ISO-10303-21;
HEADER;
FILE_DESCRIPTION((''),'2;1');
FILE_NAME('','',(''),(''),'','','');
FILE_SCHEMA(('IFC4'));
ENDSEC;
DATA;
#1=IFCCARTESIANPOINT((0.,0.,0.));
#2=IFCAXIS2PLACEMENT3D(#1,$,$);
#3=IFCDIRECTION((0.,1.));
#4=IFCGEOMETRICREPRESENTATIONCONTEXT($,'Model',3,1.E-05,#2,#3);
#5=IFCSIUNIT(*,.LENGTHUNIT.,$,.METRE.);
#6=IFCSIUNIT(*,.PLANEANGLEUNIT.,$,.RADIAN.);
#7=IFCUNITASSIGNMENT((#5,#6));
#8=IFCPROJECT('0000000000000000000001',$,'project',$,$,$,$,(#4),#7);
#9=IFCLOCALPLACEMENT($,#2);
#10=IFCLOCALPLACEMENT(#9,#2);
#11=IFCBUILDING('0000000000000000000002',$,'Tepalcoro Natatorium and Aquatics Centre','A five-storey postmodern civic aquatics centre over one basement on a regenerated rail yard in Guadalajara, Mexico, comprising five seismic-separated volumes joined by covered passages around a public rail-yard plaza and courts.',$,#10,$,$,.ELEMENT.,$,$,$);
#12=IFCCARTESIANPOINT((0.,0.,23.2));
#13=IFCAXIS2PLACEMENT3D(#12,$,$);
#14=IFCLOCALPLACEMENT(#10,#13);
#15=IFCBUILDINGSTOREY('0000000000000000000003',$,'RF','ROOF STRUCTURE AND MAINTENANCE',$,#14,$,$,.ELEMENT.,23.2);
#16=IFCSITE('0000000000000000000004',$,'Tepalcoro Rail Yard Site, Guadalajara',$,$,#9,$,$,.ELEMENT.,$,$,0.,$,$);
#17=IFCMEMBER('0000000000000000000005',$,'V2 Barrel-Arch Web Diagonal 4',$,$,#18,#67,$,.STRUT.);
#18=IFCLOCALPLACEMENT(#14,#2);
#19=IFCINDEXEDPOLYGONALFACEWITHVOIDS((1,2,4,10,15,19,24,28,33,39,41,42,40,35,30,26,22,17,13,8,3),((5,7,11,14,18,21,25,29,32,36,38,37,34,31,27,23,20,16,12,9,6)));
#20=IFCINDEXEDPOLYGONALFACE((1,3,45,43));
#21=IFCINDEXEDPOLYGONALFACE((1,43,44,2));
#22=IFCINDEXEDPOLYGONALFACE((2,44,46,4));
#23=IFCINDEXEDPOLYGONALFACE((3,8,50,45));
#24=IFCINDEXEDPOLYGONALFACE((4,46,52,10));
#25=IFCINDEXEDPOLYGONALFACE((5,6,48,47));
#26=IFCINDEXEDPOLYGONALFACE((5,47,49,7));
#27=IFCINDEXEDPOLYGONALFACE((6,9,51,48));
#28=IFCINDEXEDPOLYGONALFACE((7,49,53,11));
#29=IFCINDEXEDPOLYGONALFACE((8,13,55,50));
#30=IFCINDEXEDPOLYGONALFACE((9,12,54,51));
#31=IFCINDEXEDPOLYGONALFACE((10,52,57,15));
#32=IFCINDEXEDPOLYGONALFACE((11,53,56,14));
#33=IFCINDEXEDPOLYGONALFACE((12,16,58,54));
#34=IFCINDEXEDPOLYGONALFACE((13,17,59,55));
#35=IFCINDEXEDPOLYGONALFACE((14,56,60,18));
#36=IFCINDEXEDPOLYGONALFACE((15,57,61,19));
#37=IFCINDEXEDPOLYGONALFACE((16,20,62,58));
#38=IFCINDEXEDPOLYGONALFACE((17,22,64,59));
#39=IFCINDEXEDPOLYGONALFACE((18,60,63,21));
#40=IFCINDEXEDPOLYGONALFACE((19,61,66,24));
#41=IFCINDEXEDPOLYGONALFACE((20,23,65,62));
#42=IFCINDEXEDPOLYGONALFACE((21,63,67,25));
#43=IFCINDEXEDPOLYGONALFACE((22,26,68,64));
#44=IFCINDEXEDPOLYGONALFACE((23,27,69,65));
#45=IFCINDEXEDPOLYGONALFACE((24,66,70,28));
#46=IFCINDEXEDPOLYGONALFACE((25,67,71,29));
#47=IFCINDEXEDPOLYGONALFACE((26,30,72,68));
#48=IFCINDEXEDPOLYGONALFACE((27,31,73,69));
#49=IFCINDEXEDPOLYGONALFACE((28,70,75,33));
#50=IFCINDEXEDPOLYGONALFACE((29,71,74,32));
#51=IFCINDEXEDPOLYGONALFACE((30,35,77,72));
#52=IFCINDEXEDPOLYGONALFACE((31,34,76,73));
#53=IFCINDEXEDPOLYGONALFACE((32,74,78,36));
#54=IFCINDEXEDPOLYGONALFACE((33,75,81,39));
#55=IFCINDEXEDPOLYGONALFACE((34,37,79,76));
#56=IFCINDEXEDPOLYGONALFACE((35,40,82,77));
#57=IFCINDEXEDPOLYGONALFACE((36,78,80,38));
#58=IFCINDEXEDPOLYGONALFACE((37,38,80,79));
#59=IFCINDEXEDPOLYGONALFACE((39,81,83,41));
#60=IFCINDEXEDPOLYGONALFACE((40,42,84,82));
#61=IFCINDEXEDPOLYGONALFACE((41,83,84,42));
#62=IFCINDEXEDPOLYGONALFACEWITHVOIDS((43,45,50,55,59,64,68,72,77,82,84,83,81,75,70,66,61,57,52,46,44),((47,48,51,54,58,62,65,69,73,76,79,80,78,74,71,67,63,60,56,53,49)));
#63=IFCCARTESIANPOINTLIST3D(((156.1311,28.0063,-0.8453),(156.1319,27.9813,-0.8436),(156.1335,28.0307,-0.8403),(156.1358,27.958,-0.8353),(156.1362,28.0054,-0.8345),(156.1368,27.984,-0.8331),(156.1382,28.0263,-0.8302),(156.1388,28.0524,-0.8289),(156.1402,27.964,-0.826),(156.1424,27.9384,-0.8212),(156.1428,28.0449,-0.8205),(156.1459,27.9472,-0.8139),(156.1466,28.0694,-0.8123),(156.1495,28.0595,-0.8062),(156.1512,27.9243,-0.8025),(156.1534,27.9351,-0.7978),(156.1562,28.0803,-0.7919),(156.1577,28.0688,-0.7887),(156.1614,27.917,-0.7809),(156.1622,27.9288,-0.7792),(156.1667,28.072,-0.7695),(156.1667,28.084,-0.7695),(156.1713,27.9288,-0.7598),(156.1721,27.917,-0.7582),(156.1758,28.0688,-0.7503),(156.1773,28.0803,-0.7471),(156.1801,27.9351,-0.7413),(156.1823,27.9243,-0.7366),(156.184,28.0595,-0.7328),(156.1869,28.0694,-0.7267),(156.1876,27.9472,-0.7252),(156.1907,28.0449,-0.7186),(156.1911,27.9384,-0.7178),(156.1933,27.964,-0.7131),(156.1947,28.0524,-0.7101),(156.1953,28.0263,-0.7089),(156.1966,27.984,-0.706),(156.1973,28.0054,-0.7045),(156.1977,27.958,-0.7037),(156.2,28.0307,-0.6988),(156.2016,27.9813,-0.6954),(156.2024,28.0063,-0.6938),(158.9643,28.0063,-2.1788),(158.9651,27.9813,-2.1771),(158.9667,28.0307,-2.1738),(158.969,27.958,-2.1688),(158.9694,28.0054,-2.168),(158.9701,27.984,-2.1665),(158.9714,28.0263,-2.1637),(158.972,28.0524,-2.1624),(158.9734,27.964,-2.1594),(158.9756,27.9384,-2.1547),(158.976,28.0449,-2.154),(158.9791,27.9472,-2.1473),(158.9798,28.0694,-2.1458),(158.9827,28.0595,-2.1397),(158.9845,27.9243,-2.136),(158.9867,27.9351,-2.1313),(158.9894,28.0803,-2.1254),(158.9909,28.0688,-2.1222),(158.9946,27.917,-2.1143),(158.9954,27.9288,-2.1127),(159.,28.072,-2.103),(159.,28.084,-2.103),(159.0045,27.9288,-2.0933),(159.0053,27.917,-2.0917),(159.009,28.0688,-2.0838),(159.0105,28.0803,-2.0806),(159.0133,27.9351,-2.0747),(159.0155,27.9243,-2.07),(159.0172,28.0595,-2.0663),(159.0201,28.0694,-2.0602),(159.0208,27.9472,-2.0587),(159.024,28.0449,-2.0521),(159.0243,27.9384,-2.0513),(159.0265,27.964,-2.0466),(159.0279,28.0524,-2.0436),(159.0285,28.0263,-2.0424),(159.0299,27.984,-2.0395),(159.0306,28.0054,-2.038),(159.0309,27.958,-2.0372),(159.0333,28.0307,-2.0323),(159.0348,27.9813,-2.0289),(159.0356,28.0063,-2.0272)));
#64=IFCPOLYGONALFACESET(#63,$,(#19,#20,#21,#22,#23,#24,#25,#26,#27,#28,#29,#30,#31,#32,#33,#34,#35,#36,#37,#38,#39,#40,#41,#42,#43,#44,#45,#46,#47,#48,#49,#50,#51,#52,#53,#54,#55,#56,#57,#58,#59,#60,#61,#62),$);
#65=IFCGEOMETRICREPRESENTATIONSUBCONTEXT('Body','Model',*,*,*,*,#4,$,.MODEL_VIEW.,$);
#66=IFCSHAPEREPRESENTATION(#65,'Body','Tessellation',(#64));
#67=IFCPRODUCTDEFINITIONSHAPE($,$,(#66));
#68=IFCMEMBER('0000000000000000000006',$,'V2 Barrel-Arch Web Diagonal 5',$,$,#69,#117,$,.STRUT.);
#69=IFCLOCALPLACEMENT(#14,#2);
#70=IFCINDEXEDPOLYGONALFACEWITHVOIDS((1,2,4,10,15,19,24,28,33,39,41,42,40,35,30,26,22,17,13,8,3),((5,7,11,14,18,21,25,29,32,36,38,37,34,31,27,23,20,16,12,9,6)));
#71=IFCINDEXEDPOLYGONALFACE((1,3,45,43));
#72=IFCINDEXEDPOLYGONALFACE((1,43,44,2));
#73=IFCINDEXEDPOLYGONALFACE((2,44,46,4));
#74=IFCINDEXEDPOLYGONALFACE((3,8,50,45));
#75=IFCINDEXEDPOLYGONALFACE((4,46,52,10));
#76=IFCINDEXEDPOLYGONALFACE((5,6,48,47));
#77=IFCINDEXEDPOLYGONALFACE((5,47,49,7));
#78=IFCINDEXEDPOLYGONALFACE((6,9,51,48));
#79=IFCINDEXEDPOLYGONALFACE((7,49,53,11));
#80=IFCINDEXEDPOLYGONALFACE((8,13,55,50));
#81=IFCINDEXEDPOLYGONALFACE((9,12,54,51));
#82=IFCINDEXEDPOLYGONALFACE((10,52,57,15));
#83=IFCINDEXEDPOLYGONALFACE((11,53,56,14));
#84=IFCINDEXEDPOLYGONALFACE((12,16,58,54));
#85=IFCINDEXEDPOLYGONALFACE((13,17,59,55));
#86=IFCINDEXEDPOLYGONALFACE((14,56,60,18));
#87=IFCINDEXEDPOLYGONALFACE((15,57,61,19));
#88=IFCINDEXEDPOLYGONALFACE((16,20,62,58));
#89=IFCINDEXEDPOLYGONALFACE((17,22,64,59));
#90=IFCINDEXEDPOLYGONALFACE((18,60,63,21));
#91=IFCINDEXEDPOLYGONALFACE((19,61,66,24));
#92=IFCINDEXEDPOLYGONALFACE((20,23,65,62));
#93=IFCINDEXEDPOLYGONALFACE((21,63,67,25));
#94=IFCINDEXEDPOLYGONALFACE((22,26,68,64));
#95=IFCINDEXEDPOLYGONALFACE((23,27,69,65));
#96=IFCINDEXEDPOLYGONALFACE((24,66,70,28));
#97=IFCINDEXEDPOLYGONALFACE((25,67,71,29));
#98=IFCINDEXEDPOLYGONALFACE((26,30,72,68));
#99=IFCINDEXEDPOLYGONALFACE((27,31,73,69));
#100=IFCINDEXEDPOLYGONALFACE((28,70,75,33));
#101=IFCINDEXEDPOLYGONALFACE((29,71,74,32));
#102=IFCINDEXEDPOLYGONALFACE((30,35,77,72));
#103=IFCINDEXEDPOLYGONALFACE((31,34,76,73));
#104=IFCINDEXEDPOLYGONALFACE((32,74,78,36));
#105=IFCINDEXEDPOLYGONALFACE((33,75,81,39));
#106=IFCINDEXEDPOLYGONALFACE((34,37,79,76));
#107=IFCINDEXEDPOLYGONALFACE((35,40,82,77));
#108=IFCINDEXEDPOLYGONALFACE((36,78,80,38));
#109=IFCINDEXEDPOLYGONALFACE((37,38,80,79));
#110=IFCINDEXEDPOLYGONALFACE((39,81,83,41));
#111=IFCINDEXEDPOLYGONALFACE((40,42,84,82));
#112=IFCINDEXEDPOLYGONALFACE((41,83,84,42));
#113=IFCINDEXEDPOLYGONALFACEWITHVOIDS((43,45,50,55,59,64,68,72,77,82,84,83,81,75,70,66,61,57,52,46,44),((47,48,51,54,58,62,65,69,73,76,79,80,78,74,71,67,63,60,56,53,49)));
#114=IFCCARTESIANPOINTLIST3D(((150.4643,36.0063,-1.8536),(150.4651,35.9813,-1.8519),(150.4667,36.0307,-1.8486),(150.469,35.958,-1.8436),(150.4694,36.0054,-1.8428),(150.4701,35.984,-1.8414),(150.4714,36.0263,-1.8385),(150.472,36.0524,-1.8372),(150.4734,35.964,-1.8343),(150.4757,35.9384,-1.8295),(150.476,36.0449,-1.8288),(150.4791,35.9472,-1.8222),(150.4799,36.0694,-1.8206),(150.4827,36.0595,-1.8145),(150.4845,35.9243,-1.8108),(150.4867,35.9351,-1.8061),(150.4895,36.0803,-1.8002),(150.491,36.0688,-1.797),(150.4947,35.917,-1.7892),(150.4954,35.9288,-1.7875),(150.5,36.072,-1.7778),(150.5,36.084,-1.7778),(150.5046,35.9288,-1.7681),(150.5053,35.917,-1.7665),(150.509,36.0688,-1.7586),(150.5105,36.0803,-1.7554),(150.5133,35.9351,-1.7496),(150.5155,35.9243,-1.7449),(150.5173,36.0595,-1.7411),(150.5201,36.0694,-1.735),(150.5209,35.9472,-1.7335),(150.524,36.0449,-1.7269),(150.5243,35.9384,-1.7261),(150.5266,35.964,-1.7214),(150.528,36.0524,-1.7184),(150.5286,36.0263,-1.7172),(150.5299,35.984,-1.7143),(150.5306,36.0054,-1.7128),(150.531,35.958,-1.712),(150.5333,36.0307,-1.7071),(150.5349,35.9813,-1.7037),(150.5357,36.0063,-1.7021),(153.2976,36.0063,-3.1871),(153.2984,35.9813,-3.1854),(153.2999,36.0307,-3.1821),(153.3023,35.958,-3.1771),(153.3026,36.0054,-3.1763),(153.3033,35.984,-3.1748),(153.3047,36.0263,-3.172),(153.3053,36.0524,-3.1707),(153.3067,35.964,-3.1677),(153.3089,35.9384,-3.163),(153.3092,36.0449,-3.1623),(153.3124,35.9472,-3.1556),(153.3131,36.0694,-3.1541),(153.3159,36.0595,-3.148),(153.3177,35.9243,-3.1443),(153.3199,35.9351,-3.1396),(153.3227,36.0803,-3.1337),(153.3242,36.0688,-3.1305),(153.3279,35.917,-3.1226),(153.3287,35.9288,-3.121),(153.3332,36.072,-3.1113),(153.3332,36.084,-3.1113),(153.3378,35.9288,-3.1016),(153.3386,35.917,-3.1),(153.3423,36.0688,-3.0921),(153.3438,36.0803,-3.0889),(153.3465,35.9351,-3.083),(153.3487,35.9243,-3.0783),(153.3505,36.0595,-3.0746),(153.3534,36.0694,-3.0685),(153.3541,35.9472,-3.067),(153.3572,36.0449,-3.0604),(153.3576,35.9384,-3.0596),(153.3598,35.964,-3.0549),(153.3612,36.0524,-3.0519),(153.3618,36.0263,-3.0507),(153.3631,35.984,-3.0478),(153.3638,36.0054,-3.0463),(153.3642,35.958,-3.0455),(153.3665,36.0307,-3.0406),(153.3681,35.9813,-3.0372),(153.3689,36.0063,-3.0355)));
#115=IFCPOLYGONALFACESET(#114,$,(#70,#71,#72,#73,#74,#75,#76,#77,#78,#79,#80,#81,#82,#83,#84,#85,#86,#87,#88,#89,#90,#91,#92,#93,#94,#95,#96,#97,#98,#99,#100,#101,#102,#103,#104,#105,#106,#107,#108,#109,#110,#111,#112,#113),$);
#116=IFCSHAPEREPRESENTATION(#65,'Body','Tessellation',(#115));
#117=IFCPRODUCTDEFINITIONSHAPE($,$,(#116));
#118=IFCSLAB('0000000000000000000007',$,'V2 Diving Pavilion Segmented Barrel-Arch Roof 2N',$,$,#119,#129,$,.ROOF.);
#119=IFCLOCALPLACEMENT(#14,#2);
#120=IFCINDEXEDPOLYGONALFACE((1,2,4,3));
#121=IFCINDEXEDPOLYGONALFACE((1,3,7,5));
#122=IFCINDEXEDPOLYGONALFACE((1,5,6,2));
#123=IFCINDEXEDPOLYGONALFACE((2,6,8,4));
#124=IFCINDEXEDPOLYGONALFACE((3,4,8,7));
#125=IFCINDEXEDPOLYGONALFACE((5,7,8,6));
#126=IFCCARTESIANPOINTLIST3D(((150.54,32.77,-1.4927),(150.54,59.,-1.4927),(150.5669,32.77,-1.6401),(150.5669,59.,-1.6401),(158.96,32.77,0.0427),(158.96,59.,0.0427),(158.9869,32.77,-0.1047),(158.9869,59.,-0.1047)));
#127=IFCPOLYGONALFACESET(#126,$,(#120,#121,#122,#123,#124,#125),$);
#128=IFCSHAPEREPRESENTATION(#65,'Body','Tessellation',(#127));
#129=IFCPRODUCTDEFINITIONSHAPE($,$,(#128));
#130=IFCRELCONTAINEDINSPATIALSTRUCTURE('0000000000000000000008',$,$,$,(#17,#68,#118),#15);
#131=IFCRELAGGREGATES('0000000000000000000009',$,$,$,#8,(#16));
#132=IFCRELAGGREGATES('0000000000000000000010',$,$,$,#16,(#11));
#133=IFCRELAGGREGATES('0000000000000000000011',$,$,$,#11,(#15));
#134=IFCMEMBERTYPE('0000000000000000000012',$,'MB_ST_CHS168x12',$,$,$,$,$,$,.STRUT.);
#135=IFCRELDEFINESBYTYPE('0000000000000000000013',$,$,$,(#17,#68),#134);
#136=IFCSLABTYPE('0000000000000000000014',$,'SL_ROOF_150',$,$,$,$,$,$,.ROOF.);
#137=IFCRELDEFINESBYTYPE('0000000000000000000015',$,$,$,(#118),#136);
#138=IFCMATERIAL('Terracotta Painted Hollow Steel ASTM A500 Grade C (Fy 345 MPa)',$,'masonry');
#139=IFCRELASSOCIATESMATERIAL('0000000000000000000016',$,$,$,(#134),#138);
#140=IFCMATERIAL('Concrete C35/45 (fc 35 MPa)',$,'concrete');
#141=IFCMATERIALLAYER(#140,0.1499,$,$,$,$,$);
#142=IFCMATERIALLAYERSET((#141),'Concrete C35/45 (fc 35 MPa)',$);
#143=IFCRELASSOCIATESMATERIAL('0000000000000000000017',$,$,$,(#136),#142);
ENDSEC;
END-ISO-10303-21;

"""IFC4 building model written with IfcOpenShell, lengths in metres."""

from ifc_helpers import new_model, si_unit, direction, frame, origin, origin_2d, place, context, subcontext, project, spatial, polyline, hollow_circle, outline, extrude, material, layer, layer_set, material_profile, profile_set, type_object, element, save


model = new_model("IFC4")

# Units and contexts
model_context = context("Model", 3, precision=1e-05, world=origin(), true_north=direction((0.0, 1.0)))
body_context = subcontext(model_context, "Body", "Model", "MODEL_VIEW")
ifc_project = project(units=[si_unit("LENGTHUNIT", "METRE"), si_unit("PLANEANGLEUNIT", "RADIAN")], contexts=[model_context])

# Site, building, storey
site_placement = place(None, origin())
site = spatial("IfcSite", under=ifc_project, at=site_placement, Name="Tepalcoro Rail Yard Site, Guadalajara", CompositionType="ELEMENT", RefElevation=0.0)
building_placement = place(site_placement, origin())
building = spatial("IfcBuilding", under=site, at=building_placement, Name="Tepalcoro Natatorium and Aquatics Centre", Description="A five-storey postmodern civic aquatics centre over one basement on a regenerated rail yard in Guadalajara, Mexico, comprising five seismic-separated volumes joined by covered passages around a public rail-yard plaza and courts.", CompositionType="ELEMENT")
storey_placement = place(building_placement, frame((0.0, 0.0, 23.2)))
storey = spatial("IfcBuildingStorey", under=building, at=storey_placement, Name="RF", Description="ROOF STRUCTURE AND MAINTENANCE", CompositionType="ELEMENT", Elevation=23.2)

# Shared definitions
ifc_material_1 = material(Name="Terracotta Painted Hollow Steel ASTM A500 Grade C (Fy 345 MPa)", Category="masonry")

# Members
ifc_material_profile_1 = material_profile(ifc_material_1, hollow_circle(Radius=0.084, WallThickness=0.012, at=origin_2d()), Name="CHS168X12")
ifc_profile_set_1 = profile_set([ifc_material_profile_1], Name="Terracotta Painted Hollow Steel ASTM A500 Grade C (Fy 345 MPa)")
member_type_1 = type_object("IfcMemberType", Name="MB_ST_CHS168x12", PredefinedType="STRUT", material=ifc_profile_set_1)
for number, where, z_axis, x_axis, name in (
    (1, (156.1667, 28.0, -0.7695), (0.904794, 0.0, -0.42585), (0.0, 1.0, 0.0), "V2 Barrel-Arch Web Diagonal 4"),
    (2, (150.5, 36.0, -1.7778), (0.904794, 0.0, -0.42585), (0.0, 1.0, 0.0), "V2 Barrel-Arch Web Diagonal 5"),
):
    element("IfcMember", number, at=place(storey_placement, frame(where, z_axis=z_axis, x_axis=x_axis)), inside=storey, type_object=member_type_1, Name=name, PredefinedType="STRUT", context=body_context, shape_type="SweptSolid", body=[
        extrude(hollow_circle(Radius=0.084, WallThickness=0.012, at=origin_2d()), origin(), (0.0, 0.0, 1.0), 3.1313),
    ])

# Slab
ifc_material_2 = material(Name="Concrete C35/45 (fc 35 MPa)", Category="concrete")
ifc_layer = layer(ifc_material_2, 0.1499)
ifc_layer_set = layer_set([ifc_layer], Name="Concrete C35/45 (fc 35 MPa)")
slab_type = type_object("IfcSlabType", Name="SL_ROOF_150", PredefinedType="ROOF", material=ifc_layer_set)
slab_placement = place(storey_placement, frame((150.54, 32.77, -1.4927), z_axis=(-0.179395, 0.0, 0.983777), x_axis=(0.983777, 0.0, 0.179395)))
element("IfcSlab", 3, at=slab_placement, inside=storey, type_object=slab_type, Name="V2 Diving Pavilion Segmented Barrel-Arch Roof 2N", PredefinedType="ROOF", context=body_context, shape_type="SweptSolid", body=[
    extrude(outline(polyline([(0.0, 0.0), (8.5588, 0.0), (8.5588, 26.23), (0.0, 26.23), (0.0, 0.0)])), origin(), (0.0, 0.0, -1.0), 0.1499),
])

save(model, "model.ifc")
